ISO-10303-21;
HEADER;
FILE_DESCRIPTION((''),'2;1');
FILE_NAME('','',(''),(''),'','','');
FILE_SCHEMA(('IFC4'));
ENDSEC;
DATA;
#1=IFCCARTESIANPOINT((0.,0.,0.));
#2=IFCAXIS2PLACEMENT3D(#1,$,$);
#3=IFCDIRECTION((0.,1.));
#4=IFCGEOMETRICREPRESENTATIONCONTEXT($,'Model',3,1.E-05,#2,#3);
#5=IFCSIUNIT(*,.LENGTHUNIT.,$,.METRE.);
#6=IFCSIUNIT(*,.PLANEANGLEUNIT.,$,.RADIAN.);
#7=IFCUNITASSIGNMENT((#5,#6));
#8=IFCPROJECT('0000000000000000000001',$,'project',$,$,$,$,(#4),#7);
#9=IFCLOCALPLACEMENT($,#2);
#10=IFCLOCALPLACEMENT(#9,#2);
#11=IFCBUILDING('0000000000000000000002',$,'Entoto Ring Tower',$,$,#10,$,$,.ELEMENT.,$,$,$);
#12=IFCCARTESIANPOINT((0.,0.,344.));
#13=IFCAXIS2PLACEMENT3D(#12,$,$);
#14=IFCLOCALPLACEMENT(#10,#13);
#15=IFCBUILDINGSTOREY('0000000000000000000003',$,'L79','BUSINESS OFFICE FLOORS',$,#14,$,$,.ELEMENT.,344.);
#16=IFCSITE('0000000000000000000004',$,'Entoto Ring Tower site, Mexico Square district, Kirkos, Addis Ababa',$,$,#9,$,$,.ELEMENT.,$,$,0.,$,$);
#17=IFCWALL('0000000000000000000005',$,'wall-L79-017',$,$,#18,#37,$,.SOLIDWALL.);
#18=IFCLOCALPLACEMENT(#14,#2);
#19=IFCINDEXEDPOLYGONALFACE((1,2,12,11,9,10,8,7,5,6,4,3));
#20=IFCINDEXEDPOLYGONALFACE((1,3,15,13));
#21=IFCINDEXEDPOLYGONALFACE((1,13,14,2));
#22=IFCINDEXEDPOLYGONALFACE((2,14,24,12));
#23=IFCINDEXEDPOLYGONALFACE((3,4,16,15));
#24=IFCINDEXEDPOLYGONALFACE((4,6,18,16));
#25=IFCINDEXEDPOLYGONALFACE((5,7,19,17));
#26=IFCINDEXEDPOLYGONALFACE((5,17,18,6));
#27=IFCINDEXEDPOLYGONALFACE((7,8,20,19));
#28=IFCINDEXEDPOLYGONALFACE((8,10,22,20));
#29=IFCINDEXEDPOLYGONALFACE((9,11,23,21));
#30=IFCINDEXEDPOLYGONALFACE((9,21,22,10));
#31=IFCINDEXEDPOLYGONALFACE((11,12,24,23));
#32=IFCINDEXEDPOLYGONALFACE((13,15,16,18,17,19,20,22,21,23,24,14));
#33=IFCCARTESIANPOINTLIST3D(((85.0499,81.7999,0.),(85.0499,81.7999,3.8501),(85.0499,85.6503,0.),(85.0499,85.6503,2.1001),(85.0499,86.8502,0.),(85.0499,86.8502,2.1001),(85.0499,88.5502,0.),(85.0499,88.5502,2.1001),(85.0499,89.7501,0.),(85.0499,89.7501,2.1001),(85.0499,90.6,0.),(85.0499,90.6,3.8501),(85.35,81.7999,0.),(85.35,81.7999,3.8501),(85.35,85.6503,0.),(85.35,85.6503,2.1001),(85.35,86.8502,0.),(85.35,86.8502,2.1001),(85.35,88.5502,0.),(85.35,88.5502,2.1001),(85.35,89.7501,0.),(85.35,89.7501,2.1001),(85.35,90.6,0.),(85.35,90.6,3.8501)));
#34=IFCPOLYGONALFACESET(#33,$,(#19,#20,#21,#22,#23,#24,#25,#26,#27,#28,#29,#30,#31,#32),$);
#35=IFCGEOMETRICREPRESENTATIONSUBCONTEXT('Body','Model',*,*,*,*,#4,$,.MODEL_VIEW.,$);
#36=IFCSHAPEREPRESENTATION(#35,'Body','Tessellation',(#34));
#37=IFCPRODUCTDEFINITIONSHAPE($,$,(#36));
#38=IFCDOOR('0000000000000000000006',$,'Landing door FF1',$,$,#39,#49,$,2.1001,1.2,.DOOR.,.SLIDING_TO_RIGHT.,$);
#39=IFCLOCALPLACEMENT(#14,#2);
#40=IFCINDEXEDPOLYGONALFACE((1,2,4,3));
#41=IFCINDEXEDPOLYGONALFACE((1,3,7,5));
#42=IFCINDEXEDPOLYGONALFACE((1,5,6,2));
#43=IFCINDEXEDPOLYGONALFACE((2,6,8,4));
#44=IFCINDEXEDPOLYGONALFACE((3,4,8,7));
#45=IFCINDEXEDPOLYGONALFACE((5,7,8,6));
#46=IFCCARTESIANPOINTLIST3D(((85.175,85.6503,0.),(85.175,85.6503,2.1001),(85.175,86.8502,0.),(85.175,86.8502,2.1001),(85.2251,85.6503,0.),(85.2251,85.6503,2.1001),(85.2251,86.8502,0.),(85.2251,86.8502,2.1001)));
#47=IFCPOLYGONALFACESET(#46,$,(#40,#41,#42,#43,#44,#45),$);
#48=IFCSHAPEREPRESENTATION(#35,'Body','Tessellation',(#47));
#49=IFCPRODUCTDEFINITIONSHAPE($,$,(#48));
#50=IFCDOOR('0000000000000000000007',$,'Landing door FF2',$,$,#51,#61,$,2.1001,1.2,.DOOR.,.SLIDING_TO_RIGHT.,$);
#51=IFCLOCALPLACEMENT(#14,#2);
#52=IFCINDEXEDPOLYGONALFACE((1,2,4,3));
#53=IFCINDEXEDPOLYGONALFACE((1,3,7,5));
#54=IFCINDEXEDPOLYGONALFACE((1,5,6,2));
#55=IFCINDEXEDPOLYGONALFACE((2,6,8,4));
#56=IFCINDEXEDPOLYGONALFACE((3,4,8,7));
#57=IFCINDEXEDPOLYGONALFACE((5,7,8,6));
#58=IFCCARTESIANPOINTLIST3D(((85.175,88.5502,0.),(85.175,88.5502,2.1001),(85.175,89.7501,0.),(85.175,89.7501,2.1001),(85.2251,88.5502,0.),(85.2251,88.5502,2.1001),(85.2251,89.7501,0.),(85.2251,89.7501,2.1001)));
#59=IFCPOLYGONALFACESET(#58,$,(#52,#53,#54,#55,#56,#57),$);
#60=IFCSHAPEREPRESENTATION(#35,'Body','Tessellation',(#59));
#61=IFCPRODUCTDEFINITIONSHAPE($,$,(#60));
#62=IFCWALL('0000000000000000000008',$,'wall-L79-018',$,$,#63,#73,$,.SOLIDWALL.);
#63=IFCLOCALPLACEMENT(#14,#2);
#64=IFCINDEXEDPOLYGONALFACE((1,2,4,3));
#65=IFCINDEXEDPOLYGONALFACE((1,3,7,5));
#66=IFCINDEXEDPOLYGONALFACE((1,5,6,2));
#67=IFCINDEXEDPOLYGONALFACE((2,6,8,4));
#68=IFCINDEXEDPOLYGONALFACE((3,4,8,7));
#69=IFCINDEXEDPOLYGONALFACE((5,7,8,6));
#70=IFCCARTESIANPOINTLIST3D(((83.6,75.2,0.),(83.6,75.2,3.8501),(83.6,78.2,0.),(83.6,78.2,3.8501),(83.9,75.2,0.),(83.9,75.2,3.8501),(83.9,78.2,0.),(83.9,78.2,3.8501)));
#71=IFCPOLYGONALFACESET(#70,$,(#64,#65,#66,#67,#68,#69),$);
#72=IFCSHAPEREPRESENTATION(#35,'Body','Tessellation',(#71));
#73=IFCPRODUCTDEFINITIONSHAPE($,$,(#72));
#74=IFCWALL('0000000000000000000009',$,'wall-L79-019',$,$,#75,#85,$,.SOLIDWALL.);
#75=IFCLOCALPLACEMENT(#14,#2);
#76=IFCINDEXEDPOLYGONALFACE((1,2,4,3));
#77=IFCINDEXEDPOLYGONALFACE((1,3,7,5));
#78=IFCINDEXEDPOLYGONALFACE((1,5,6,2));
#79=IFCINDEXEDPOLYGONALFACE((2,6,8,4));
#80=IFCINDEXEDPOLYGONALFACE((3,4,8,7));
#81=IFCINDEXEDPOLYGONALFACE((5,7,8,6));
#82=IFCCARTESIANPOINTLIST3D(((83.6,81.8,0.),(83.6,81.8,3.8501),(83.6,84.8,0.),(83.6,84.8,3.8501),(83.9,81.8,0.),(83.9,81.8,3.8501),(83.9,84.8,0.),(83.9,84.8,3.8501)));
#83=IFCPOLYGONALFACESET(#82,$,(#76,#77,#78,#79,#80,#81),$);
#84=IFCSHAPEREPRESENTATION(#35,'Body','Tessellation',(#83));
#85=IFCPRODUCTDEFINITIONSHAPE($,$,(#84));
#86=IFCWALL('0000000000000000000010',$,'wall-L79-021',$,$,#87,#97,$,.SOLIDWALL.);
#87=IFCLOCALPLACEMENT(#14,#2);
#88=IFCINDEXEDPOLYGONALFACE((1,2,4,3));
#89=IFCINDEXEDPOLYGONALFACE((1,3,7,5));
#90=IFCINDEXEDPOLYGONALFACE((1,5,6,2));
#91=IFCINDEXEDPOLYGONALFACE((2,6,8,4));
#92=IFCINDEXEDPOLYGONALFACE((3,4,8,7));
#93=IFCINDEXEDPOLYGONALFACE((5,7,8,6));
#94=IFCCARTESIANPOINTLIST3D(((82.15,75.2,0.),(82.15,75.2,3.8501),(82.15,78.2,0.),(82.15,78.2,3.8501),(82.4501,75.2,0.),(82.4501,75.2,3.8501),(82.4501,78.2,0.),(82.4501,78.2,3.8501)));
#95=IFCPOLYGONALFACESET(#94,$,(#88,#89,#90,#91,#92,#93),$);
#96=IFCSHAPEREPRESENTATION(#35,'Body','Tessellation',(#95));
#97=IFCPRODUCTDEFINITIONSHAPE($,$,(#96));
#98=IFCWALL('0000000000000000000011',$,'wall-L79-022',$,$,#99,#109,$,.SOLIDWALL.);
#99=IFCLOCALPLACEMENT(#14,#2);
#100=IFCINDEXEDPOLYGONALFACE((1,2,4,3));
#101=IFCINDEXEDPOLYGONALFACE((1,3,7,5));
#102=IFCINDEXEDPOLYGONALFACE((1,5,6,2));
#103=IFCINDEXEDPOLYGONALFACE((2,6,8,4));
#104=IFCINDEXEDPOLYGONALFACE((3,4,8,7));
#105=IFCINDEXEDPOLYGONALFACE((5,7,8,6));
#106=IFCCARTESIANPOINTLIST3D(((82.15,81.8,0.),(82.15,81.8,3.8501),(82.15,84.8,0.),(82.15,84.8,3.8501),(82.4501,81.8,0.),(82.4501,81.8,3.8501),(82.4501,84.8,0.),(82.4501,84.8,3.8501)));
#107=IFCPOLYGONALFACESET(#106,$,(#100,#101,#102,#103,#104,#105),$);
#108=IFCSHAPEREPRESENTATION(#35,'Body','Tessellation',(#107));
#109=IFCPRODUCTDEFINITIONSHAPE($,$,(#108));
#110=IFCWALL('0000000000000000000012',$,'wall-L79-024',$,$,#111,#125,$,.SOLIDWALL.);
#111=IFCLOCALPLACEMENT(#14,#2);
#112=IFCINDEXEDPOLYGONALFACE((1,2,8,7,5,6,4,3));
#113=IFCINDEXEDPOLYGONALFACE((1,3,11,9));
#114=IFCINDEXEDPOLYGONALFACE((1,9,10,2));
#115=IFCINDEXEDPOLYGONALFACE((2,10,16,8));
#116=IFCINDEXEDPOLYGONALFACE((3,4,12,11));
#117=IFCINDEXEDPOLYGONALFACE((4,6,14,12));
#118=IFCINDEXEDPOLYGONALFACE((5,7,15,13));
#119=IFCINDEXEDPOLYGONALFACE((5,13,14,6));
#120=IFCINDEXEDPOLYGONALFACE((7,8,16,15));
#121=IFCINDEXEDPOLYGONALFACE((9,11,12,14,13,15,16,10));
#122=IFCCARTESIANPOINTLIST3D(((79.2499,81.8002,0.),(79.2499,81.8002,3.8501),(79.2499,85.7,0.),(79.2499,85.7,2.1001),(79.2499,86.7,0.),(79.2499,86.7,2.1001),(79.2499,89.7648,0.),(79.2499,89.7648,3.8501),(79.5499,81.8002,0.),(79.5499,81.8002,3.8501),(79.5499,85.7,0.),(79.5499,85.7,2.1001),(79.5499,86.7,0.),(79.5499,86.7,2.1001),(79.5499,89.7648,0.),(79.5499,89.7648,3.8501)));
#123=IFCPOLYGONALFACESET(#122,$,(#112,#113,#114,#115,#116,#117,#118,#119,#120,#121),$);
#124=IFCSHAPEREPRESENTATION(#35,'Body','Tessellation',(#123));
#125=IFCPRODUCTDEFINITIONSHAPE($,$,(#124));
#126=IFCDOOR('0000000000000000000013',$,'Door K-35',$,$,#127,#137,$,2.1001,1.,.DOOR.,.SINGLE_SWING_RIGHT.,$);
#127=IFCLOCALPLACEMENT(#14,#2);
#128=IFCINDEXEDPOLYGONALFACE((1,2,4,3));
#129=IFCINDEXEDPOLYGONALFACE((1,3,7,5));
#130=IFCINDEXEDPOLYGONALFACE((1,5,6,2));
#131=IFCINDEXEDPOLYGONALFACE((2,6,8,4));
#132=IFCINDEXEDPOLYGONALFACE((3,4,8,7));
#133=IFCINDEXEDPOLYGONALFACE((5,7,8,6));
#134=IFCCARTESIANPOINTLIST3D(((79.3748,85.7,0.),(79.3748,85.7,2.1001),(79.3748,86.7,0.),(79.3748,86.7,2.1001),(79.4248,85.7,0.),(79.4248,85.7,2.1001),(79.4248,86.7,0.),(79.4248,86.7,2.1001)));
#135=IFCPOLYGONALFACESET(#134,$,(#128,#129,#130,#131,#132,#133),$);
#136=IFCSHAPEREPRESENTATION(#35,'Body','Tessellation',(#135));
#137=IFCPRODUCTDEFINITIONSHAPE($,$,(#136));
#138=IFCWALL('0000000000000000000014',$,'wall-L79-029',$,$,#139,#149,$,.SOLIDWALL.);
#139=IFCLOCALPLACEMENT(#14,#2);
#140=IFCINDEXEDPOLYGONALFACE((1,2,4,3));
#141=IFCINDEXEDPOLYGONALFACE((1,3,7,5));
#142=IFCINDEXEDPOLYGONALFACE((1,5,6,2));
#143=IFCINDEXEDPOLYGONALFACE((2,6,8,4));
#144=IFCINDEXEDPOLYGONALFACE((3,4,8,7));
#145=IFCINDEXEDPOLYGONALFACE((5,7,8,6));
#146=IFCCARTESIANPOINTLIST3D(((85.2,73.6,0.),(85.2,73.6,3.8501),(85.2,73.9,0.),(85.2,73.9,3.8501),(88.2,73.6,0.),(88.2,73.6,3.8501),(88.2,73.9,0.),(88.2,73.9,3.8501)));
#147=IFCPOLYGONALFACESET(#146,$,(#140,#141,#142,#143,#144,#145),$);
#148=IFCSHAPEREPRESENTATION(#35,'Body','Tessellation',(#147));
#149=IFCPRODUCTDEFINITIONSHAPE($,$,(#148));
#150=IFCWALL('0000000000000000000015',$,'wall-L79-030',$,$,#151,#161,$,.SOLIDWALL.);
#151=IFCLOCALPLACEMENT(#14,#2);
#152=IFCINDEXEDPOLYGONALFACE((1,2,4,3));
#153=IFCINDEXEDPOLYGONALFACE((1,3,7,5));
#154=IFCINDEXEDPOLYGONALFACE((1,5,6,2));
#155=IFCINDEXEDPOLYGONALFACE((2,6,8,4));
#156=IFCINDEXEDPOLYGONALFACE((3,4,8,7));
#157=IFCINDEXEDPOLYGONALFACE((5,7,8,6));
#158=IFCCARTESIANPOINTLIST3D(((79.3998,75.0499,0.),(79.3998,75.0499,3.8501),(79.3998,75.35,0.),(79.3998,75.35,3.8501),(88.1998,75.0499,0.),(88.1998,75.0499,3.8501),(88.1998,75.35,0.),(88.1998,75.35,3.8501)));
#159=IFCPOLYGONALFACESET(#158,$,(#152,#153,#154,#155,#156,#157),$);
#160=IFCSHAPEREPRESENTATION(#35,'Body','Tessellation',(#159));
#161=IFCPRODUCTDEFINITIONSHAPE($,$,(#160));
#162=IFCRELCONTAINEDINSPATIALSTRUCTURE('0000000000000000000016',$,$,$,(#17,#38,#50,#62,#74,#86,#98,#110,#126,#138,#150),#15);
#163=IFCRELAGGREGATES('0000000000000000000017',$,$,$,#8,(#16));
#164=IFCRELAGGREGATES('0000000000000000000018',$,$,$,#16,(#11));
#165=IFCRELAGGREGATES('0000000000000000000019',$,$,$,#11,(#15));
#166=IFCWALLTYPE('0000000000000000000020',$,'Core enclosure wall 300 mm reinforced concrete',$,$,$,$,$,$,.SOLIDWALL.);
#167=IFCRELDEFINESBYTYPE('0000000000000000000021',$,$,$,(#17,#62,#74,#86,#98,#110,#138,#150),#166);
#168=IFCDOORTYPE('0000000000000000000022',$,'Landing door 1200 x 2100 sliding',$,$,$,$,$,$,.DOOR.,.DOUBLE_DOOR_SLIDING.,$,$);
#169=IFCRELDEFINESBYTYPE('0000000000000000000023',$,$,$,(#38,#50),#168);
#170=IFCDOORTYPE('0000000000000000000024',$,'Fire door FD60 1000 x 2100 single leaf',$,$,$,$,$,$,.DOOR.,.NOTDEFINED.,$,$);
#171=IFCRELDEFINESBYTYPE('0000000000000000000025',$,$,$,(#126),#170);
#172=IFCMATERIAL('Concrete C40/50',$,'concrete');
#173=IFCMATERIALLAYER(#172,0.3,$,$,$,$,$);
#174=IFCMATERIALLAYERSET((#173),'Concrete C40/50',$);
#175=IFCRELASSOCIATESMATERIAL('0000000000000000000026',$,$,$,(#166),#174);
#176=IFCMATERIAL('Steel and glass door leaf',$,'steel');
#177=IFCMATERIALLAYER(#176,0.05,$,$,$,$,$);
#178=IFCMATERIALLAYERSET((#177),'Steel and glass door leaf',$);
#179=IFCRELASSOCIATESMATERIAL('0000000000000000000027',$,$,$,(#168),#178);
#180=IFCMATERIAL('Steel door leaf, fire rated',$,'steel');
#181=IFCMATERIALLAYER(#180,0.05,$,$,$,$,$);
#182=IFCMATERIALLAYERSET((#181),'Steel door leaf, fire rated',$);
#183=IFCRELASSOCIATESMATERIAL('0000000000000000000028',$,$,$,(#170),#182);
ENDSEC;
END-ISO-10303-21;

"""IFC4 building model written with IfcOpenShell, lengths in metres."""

from ifc_helpers import new_model, si_unit, direction, frame, frame_2d, origin, place, context, subcontext, project, spatial, rectangle, extrude, material, layer, layer_set, type_object, element, fill, save


model = new_model("IFC4")

# Units and contexts
model_context = context("Model", 3, precision=1e-05, world=origin(), true_north=direction((0.0, 1.0)))
body_context = subcontext(model_context, "Body", "Model", "MODEL_VIEW")
ifc_project = project(units=[si_unit("LENGTHUNIT", "METRE"), si_unit("PLANEANGLEUNIT", "RADIAN")], contexts=[model_context])

# Site, building, storey
site_placement = place(None, origin())
site = spatial("IfcSite", under=ifc_project, at=site_placement, Name="Entoto Ring Tower site, Mexico Square district, Kirkos, Addis Ababa", CompositionType="ELEMENT", RefElevation=0.0)
building_placement = place(site_placement, origin())
building = spatial("IfcBuilding", under=site, at=building_placement, Name="Entoto Ring Tower", CompositionType="ELEMENT")
storey_placement = place(building_placement, frame((0.0, 0.0, 344.0)))
storey = spatial("IfcBuildingStorey", under=building, at=storey_placement, Name="L79", Description="BUSINESS OFFICE FLOORS", CompositionType="ELEMENT", Elevation=344.0)

# Wall, openings, doors
ifc_material_1 = material(Name="Concrete C40/50", Category="concrete")
ifc_layer_1 = layer(ifc_material_1, 0.3)
ifc_layer_set_1 = layer_set([ifc_layer_1], Name="Concrete C40/50")
wall_type = type_object("IfcWallType", Name="Core enclosure wall 300 mm reinforced concrete", PredefinedType="SOLIDWALL", material=ifc_layer_set_1)
wall_1_placement = place(storey_placement, frame((85.2, 81.8, 0.0), z_axis=(0.0, 0.0, 1.0), x_axis=(0.0, 1.0, 0.0)))
wall_1 = element("IfcWall", 1, at=wall_1_placement, inside=storey, type_object=wall_type, Name="wall-L79-017", PredefinedType="SOLIDWALL", context=body_context, shape_type="SweptSolid", body=[
    extrude(rectangle(XDim=8.8, YDim=0.3, at=frame_2d((4.3999, 0.0))), origin(), (0.0, 0.0, 1.0), 3.8501),
])
opening_1_placement = place(wall_1_placement, frame((3.8501, 0.0, 0.0)))
opening_1 = element("IfcOpeningElement", 2, at=opening_1_placement, cuts=wall_1, PredefinedType="OPENING", context=body_context, shape_type="SweptSolid", body=[
    extrude(rectangle(XDim=1.2, YDim=2.1001, at=frame_2d((0.6001, 1.05))), frame((0.0, 0.1602, 0.0), z_axis=(0.0, -1.0, 0.0), x_axis=(1.0, 0.0, 0.0)), (0.0, 0.0, 1.0), 0.3201),
])
opening_2_placement = place(wall_1_placement, frame((6.75, 0.0, 0.0)))
opening_2 = element("IfcOpeningElement", 3, at=opening_2_placement, cuts=wall_1, PredefinedType="OPENING", context=body_context, shape_type="SweptSolid", body=[
    extrude(rectangle(XDim=1.2, YDim=2.1001, at=frame_2d((0.6001, 1.05))), frame((0.0, 0.1602, 0.0), z_axis=(0.0, -1.0, 0.0), x_axis=(1.0, 0.0, 0.0)), (0.0, 0.0, 1.0), 0.3201),
])
ifc_material_2 = material(Name="Steel and glass door leaf", Category="steel")
ifc_layer_2 = layer(ifc_material_2, 0.05)
ifc_layer_set_2 = layer_set([ifc_layer_2], Name="Steel and glass door leaf")
door_type_1 = type_object("IfcDoorType", Name="Landing door 1200 x 2100 sliding", OperationType="DOUBLE_DOOR_SLIDING", PredefinedType="DOOR", material=ifc_layer_set_2)
door_1_placement = place(opening_1_placement, origin())
door_1 = element("IfcDoor", 4, at=door_1_placement, inside=storey, type_object=door_type_1, Name="Landing door FF1", OperationType="SLIDING_TO_RIGHT", OverallHeight=2.1001, OverallWidth=1.2, PredefinedType="DOOR", context=body_context, shape_type="SweptSolid", body=[
    extrude(rectangle(XDim=1.2, YDim=2.1001, at=frame_2d((0.6001, 1.05))), frame((0.0, 0.0249, 0.0), z_axis=(0.0, -1.0, 0.0), x_axis=(1.0, 0.0, 0.0)), (0.0, 0.0, 1.0), 0.05),
])
fill(opening_1, door_1)
door_2_placement = place(opening_2_placement, origin())
door_2 = element("IfcDoor", 5, at=door_2_placement, inside=storey, type_object=door_type_1, Name="Landing door FF2", OperationType="SLIDING_TO_RIGHT", OverallHeight=2.1001, OverallWidth=1.2, PredefinedType="DOOR", context=body_context, shape_type="SweptSolid", body=[
    extrude(rectangle(XDim=1.2, YDim=2.1001, at=frame_2d((0.6001, 1.05))), frame((0.0, 0.0249, 0.0), z_axis=(0.0, -1.0, 0.0), x_axis=(1.0, 0.0, 0.0)), (0.0, 0.0, 1.0), 0.05),
])
fill(opening_2, door_2)

# Walls
for number, where, z_axis, x_axis, name in (
    (6, (83.75, 75.2, 0.0), (0.0, 0.0, 1.0), (0.0, 1.0, 0.0), "wall-L79-018"),
    (7, (83.75, 81.8, 0.0), (0.0, 0.0, 1.0), (0.0, 1.0, 0.0), "wall-L79-019"),
    (8, (82.3, 75.2, 0.0), (0.0, 0.0, 1.0), (0.0, 1.0, 0.0), "wall-L79-021"),
    (9, (82.3, 81.8, 0.0), (0.0, 0.0, 1.0), (0.0, 1.0, 0.0), "wall-L79-022"),
):
    element("IfcWall", number, at=place(storey_placement, frame(where, z_axis=z_axis, x_axis=x_axis)), inside=storey, type_object=wall_type, Name=name, PredefinedType="SOLIDWALL", context=body_context, shape_type="SweptSolid", body=[
        extrude(rectangle(XDim=3.0, YDim=0.3, at=frame_2d((1.5, 0.0))), origin(), (0.0, 0.0, 1.0), 3.8501),
    ])

# Wall, opening, door
wall_2_placement = place(storey_placement, frame((79.3999, 81.8, 0.0), z_axis=(0.0, 0.0, 1.0), x_axis=(0.0, 1.0, 0.0)))
wall_2 = element("IfcWall", 10, at=wall_2_placement, inside=storey, type_object=wall_type, Name="wall-L79-024", PredefinedType="SOLIDWALL", context=body_context, shape_type="SweptSolid", body=[
    extrude(rectangle(XDim=7.9646, YDim=0.3, at=frame_2d((3.9824, 0.0))), origin(), (0.0, 0.0, 1.0), 3.8501),
])
opening_3_placement = place(wall_2_placement, frame((3.8999, 0.0, 0.0)))
opening_3 = element("IfcOpeningElement", 11, at=opening_3_placement, cuts=wall_2, PredefinedType="OPENING", context=body_context, shape_type="SweptSolid", body=[
    extrude(rectangle(XDim=1.0, YDim=2.1001, at=frame_2d((0.5, 1.05))), frame((0.0, 0.1602, 0.0), z_axis=(0.0, -1.0, 0.0), x_axis=(1.0, 0.0, 0.0)), (0.0, 0.0, 1.0), 0.3201),
])
ifc_material_3 = material(Name="Steel door leaf, fire rated", Category="steel")
ifc_layer_3 = layer(ifc_material_3, 0.05)
ifc_layer_set_3 = layer_set([ifc_layer_3], Name="Steel door leaf, fire rated")
door_type_2 = type_object("IfcDoorType", Name="Fire door FD60 1000 x 2100 single leaf", OperationType="NOTDEFINED", PredefinedType="DOOR", material=ifc_layer_set_3)
door_3_placement = place(opening_3_placement, frame((1.0, 0.0, 0.0), z_axis=(0.0, 0.0, 1.0), x_axis=(-1.0, 0.0, 0.0)))
door_3 = element("IfcDoor", 12, at=door_3_placement, inside=storey, type_object=door_type_2, Name="Door K-35", OperationType="SINGLE_SWING_RIGHT", OverallHeight=2.1001, OverallWidth=1.0, PredefinedType="DOOR", context=body_context, shape_type="SweptSolid", body=[
    extrude(rectangle(XDim=1.0, YDim=2.1001, at=frame_2d((0.5, 1.05))), frame((0.0, 0.0249, 0.0), z_axis=(0.0, -1.0, 0.0), x_axis=(1.0, 0.0, 0.0)), (0.0, 0.0, 1.0), 0.05),
])
fill(opening_3, door_3)

# Walls
wall_3_placement = place(storey_placement, frame((85.2, 73.75, 0.0), z_axis=(0.0, 0.0, 1.0), x_axis=(1.0, 0.0, 0.0)))
element("IfcWall", 13, at=wall_3_placement, inside=storey, type_object=wall_type, Name="wall-L79-029", PredefinedType="SOLIDWALL", context=body_context, shape_type="SweptSolid", body=[
    extrude(rectangle(XDim=3.0, YDim=0.3, at=frame_2d((1.5, 0.0))), origin(), (0.0, 0.0, 1.0), 3.8501),
])
wall_4_placement = place(storey_placement, frame((79.3999, 75.2, 0.0), z_axis=(0.0, 0.0, 1.0), x_axis=(1.0, 0.0, 0.0)))
element("IfcWall", 14, at=wall_4_placement, inside=storey, type_object=wall_type, Name="wall-L79-030", PredefinedType="SOLIDWALL", context=body_context, shape_type="SweptSolid", body=[
    extrude(rectangle(XDim=8.8, YDim=0.3, at=frame_2d((4.3999, 0.0))), origin(), (0.0, 0.0, 1.0), 3.8501),
])

save(model, "model.ifc")
